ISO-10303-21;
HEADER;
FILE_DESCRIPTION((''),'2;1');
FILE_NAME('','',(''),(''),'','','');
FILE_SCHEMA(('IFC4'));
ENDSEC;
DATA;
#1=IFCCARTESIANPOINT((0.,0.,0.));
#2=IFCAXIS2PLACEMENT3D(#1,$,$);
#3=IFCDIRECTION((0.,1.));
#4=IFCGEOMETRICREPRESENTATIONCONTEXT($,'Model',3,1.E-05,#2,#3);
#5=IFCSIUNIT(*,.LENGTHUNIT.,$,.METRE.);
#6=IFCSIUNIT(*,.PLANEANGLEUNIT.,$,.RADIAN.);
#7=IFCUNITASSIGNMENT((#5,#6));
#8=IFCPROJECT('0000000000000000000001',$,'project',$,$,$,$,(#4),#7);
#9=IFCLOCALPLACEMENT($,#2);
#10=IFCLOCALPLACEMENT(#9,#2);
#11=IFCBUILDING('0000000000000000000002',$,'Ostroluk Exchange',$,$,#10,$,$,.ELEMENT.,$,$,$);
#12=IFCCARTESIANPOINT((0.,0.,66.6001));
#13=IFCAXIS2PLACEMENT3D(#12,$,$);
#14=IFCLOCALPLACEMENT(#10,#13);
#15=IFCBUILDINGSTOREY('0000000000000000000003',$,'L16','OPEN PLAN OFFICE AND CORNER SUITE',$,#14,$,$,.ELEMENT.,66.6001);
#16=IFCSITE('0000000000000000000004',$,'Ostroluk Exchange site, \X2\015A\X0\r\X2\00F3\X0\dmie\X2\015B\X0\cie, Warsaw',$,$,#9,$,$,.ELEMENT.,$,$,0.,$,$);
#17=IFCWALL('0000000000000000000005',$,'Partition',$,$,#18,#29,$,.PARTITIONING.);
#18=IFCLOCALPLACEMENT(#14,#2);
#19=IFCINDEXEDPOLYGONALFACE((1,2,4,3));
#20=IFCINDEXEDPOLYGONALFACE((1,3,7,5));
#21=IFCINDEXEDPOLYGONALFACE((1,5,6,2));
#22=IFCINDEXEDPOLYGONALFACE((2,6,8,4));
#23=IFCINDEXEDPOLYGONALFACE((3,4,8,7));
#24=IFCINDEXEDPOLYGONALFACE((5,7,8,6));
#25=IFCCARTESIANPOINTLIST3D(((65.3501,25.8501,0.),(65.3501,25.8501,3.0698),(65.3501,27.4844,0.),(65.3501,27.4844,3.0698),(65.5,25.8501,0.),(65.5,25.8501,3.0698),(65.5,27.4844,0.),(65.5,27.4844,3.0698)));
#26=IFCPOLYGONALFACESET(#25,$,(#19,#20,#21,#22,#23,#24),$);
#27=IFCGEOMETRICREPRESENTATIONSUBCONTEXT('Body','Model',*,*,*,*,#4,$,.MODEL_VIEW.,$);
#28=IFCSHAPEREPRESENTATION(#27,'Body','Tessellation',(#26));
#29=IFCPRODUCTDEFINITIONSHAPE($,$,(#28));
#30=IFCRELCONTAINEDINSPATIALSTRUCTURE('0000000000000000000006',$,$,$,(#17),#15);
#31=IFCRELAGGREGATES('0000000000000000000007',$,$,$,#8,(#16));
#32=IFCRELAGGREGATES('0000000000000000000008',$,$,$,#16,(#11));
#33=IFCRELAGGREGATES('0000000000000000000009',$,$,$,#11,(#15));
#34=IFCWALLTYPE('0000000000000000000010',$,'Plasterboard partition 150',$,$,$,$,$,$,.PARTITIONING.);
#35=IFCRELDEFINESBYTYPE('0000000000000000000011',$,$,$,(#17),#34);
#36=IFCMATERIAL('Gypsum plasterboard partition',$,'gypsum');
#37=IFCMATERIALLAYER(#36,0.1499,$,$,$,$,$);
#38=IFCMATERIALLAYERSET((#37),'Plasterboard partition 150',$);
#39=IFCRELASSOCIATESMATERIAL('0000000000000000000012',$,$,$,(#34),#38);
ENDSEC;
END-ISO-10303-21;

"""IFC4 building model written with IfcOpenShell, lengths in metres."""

from ifc_helpers import new_model, si_unit, direction, frame, frame_2d, origin, place, context, subcontext, project, spatial, rectangle, extrude, material, layer, layer_set, type_object, element, save


model = new_model("IFC4")

# Units and contexts
model_context = context("Model", 3, precision=1e-05, world=origin(), true_north=direction((0.0, 1.0)))
body_context = subcontext(model_context, "Body", "Model", "MODEL_VIEW")
ifc_project = project(units=[si_unit("LENGTHUNIT", "METRE"), si_unit("PLANEANGLEUNIT", "RADIAN")], contexts=[model_context])

# Site, building, storey
site_placement = place(None, origin())
site = spatial("IfcSite", under=ifc_project, at=site_placement, Name="Ostroluk Exchange site, Śródmieście, Warsaw", CompositionType="ELEMENT", RefElevation=0.0)
building_placement = place(site_placement, origin())
building = spatial("IfcBuilding", under=site, at=building_placement, Name="Ostroluk Exchange", CompositionType="ELEMENT")
storey_placement = place(building_placement, frame((0.0, 0.0, 66.6001)))
storey = spatial("IfcBuildingStorey", under=building, at=storey_placement, Name="L16", Description="OPEN PLAN OFFICE AND CORNER SUITE", CompositionType="ELEMENT", Elevation=66.6001)

# Shared definitions
ifc_material_1 = material(Name="Gypsum plasterboard partition", Category="gypsum")
ifc_layer_1 = layer(ifc_material_1, 0.1499)
ifc_layer_set_1 = layer_set([ifc_layer_1], Name="Plasterboard partition 150")
wall_type_1 = type_object("IfcWallType", Name="Plasterboard partition 150", PredefinedType="PARTITIONING", material=ifc_layer_set_1)

# Wall
wall_1_placement = place(storey_placement, frame((65.425, 27.4844, 0.0), z_axis=(0.0, 0.0, 1.0), x_axis=(0.0, -1.0, 0.0)))
element("IfcWall", 1, at=wall_1_placement, inside=storey, type_object=wall_type_1, Name="Partition", PredefinedType="PARTITIONING", context=body_context, shape_type="SweptSolid", body=[
    extrude(rectangle(XDim=1.6343, YDim=0.1499, at=frame_2d((0.8171, 0.0))), origin(), (0.0, 0.0, 1.0), 3.0698),
])

save(model, "model.ifc")
